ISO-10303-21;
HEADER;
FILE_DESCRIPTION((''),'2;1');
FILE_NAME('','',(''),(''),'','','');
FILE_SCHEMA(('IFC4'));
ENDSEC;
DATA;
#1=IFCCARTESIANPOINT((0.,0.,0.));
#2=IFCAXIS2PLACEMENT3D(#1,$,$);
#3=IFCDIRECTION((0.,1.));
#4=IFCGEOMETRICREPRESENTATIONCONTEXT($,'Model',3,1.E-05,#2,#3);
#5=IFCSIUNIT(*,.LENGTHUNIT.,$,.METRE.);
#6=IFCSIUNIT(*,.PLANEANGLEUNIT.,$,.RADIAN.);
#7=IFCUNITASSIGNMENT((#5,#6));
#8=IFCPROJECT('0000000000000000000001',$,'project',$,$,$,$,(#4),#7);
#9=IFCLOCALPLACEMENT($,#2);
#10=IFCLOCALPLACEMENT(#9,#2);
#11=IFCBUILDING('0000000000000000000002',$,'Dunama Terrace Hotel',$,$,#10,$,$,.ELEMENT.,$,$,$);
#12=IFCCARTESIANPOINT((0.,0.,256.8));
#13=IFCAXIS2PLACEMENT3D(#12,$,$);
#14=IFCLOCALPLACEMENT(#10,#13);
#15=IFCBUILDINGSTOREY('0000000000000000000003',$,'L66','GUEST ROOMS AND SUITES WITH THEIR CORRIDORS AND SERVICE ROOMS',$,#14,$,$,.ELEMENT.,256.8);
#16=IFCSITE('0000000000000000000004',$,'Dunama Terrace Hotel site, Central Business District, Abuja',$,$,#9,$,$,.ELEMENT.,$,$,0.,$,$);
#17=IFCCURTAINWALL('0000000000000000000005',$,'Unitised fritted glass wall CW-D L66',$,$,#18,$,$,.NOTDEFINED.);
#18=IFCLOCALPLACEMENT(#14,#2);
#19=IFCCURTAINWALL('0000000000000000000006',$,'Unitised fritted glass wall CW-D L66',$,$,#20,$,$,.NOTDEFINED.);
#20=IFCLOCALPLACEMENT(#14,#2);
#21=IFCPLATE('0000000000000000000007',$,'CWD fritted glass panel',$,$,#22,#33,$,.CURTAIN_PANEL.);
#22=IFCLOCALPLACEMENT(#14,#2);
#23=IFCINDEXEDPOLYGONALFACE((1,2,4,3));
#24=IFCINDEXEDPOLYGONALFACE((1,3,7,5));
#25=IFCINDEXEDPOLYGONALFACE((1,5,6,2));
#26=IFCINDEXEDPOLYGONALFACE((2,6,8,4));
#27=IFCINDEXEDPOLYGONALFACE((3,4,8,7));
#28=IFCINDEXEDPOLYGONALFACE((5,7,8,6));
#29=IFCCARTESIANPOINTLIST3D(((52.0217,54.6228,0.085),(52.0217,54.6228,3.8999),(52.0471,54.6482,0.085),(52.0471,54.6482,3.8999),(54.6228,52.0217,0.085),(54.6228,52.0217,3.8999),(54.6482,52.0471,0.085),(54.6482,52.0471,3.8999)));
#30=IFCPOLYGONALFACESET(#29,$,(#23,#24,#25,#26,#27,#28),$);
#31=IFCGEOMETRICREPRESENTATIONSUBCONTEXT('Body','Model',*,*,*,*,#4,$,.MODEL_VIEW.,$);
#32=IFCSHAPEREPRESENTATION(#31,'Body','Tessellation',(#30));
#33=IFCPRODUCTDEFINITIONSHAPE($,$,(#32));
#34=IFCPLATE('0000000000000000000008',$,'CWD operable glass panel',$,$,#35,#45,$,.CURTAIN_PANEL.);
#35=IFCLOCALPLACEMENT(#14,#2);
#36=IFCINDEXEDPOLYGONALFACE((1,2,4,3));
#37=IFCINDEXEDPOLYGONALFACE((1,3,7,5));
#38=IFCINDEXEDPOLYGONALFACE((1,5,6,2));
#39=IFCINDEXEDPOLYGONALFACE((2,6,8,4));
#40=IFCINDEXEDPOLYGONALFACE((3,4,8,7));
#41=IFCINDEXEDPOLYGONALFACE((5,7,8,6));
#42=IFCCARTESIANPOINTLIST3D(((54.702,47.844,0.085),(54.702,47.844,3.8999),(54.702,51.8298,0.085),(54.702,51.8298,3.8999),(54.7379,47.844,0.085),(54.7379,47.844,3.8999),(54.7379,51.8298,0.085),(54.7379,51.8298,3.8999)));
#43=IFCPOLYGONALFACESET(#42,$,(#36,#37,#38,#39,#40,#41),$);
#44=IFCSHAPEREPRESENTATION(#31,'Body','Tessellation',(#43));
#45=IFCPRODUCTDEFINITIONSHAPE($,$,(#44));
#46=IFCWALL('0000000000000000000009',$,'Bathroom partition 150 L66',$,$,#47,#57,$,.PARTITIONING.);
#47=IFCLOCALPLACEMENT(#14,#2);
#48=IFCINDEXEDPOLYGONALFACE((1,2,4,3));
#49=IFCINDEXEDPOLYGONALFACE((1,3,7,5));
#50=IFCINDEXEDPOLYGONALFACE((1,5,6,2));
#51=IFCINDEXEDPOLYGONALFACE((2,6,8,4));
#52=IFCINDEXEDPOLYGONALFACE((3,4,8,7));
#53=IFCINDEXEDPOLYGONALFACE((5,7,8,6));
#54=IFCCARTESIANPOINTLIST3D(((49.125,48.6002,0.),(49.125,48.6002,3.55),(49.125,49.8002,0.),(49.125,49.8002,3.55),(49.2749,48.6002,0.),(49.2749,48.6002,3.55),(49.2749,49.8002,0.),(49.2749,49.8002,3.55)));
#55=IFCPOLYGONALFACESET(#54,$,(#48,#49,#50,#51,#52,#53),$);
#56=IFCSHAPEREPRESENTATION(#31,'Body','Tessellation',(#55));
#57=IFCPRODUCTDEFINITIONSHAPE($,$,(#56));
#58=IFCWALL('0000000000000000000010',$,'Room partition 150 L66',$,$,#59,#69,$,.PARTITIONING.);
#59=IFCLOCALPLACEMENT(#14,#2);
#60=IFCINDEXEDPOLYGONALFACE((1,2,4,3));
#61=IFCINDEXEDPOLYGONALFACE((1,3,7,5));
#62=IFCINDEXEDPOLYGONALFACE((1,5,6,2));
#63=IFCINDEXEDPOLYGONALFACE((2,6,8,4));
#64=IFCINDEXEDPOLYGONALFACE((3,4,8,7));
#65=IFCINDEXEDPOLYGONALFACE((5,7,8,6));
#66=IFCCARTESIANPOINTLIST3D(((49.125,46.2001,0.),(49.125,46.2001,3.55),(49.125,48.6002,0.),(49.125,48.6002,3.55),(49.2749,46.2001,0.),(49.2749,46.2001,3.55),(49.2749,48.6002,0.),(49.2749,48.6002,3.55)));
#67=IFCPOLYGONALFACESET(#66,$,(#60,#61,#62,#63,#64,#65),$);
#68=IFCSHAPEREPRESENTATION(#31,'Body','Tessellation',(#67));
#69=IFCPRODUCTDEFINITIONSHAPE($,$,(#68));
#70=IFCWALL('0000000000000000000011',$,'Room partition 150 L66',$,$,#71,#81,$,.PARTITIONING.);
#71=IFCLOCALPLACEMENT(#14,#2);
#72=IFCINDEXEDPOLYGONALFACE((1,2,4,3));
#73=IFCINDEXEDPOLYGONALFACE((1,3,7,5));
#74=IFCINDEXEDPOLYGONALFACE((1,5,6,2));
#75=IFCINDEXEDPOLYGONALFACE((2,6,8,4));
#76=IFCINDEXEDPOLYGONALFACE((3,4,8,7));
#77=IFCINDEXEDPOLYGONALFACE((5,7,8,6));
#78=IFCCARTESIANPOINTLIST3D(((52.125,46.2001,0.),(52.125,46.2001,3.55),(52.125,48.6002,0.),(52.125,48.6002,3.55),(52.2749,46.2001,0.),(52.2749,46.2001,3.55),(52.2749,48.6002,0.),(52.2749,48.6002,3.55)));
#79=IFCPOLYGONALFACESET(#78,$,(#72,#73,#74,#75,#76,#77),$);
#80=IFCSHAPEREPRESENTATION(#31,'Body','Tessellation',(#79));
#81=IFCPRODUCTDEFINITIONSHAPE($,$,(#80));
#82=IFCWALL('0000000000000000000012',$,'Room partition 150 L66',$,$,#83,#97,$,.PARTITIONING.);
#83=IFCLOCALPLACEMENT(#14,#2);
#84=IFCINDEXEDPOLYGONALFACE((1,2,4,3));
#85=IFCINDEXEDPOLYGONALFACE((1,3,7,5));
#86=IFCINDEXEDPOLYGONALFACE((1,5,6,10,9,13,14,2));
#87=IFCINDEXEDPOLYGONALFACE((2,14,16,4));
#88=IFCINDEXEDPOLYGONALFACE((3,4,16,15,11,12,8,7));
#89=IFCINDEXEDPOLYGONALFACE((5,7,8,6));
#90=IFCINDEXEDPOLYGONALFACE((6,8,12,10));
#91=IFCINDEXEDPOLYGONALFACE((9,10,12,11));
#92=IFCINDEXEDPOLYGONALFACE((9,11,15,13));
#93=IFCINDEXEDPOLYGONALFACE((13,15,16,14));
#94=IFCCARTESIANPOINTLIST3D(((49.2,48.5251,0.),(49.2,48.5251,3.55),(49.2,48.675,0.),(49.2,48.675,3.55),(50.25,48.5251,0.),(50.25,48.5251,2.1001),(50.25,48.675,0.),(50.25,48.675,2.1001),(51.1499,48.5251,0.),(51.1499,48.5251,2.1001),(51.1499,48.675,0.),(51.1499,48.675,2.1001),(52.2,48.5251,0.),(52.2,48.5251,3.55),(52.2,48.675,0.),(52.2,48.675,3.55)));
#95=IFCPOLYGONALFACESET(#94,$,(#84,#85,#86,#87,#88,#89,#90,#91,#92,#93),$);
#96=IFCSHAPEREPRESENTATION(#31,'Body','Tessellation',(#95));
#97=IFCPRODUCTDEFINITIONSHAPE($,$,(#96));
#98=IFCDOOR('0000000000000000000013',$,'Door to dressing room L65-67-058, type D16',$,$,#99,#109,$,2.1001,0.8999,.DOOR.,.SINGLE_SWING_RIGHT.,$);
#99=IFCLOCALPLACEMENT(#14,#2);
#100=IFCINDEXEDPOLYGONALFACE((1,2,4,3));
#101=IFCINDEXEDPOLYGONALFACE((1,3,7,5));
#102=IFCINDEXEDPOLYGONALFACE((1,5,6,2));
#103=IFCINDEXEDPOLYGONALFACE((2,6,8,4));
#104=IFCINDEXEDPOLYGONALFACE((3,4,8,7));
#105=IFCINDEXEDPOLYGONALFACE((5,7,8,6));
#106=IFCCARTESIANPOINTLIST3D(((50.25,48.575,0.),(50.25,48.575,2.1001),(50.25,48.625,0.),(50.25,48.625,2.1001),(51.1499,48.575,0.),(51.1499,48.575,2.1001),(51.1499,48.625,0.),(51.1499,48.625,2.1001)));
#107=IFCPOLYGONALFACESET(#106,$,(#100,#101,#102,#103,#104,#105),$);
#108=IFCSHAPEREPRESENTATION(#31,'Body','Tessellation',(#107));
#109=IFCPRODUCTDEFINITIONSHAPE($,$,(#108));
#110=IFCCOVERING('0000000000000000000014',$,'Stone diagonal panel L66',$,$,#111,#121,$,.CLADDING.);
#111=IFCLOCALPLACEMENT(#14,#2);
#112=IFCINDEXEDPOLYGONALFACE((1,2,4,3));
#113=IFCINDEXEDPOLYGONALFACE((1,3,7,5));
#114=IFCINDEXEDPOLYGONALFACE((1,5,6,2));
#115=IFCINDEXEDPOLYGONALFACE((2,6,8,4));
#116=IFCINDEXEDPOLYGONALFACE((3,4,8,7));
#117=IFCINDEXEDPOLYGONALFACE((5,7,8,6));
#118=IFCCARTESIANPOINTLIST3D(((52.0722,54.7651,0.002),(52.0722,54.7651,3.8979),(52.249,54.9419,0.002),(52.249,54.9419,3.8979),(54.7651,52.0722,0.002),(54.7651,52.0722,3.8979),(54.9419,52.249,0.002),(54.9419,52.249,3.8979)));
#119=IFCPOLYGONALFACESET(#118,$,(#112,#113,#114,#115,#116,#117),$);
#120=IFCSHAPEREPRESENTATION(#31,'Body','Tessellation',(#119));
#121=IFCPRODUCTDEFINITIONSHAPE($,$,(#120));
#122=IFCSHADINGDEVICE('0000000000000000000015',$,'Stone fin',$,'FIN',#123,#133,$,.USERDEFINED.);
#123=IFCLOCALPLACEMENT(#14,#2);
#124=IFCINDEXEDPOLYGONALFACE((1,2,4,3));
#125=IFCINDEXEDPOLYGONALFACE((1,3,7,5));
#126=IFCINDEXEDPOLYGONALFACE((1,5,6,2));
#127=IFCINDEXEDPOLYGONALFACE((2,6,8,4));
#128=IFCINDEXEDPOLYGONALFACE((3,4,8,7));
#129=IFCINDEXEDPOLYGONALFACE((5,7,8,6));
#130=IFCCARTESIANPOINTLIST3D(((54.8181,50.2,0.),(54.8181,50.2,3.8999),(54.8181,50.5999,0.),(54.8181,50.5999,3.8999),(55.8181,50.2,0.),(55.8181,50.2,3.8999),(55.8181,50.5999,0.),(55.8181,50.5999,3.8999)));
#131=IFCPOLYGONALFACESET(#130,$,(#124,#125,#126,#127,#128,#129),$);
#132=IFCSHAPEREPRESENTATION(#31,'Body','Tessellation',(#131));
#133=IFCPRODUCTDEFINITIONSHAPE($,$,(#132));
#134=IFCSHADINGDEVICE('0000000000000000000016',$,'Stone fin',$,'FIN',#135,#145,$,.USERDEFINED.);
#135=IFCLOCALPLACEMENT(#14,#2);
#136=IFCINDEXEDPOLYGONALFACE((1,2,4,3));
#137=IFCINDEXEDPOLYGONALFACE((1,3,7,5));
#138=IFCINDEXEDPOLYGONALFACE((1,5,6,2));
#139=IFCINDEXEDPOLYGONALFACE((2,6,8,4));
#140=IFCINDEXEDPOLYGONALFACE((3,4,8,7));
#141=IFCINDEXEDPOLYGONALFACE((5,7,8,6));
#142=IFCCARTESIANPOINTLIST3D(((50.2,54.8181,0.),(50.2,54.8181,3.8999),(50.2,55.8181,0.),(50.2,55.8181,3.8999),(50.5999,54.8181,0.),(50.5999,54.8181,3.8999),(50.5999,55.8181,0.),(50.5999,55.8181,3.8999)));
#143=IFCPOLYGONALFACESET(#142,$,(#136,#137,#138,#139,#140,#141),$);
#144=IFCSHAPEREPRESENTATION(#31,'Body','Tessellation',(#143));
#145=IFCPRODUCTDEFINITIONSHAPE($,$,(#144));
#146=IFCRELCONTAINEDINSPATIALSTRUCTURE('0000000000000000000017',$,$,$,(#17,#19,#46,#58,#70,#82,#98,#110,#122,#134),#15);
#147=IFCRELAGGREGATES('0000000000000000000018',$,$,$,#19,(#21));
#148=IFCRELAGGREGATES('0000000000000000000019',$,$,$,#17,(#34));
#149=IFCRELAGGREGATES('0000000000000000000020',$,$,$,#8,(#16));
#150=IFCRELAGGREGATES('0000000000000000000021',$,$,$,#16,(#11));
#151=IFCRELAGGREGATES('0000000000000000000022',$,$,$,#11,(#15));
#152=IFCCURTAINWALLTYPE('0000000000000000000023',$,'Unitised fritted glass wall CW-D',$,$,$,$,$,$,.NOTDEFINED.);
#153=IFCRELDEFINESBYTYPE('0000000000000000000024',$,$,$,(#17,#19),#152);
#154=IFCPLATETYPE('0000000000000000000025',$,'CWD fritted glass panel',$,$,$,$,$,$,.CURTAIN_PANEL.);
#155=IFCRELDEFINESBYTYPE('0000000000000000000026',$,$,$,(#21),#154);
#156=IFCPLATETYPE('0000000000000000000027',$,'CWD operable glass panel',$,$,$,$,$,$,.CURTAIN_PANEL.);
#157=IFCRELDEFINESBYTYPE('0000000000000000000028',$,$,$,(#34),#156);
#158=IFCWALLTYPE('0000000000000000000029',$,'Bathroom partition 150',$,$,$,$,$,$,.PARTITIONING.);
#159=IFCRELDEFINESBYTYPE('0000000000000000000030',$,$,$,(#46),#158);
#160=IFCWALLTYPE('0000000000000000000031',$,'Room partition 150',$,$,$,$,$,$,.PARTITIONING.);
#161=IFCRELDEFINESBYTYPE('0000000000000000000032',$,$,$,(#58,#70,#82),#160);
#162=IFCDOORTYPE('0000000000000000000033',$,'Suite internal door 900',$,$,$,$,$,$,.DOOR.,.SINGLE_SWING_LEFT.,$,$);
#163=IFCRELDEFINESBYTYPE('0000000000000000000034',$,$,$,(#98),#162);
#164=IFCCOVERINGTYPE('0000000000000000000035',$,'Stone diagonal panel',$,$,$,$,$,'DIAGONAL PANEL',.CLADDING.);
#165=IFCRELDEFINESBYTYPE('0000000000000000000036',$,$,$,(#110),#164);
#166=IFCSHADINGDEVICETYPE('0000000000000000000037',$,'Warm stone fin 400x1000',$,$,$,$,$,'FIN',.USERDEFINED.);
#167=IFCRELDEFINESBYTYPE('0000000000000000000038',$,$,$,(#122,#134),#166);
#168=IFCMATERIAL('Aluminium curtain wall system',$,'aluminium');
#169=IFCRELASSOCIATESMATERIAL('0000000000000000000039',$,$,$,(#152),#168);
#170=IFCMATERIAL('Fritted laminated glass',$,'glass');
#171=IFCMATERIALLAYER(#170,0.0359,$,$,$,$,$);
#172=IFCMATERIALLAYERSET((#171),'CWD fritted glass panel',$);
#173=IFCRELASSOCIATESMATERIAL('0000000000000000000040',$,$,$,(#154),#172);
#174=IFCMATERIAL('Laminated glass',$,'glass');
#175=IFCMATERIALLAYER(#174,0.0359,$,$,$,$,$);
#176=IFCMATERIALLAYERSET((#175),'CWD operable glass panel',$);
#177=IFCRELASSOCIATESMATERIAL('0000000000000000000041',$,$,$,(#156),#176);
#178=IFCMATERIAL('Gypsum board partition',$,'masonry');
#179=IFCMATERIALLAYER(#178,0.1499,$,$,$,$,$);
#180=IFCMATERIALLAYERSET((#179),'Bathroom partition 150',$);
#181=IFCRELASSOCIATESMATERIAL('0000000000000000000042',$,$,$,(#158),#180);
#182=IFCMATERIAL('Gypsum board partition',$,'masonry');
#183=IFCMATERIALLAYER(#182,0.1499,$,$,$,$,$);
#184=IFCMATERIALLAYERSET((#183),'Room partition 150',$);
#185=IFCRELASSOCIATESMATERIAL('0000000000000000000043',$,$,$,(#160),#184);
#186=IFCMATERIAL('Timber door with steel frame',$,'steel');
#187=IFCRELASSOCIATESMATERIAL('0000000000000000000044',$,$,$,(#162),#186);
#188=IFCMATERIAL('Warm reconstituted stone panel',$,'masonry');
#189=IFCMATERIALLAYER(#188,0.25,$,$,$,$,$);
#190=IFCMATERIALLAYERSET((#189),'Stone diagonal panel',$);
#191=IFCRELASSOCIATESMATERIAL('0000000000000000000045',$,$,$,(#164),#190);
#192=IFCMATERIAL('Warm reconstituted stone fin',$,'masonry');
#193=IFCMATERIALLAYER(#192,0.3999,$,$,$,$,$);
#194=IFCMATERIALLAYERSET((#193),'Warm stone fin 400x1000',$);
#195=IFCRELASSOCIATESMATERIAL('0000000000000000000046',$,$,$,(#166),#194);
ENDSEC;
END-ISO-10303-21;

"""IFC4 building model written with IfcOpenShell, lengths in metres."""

from ifc_helpers import new_model, si_unit, direction, frame, frame_2d, origin, origin_2d, place, context, subcontext, project, spatial, rectangle, extrude, material, layer, layer_set, type_object, element, fill, aggregate, save


model = new_model("IFC4")

# Units and contexts
model_context = context("Model", 3, precision=1e-05, world=origin(), true_north=direction((0.0, 1.0)))
body_context = subcontext(model_context, "Body", "Model", "MODEL_VIEW")
ifc_project = project(units=[si_unit("LENGTHUNIT", "METRE"), si_unit("PLANEANGLEUNIT", "RADIAN")], contexts=[model_context])

# Site, building, storey
site_placement = place(None, origin())
site = spatial("IfcSite", under=ifc_project, at=site_placement, Name="Dunama Terrace Hotel site, Central Business District, Abuja", CompositionType="ELEMENT", RefElevation=0.0)
building_placement = place(site_placement, origin())
building = spatial("IfcBuilding", under=site, at=building_placement, Name="Dunama Terrace Hotel", CompositionType="ELEMENT")
storey_placement = place(building_placement, frame((0.0, 0.0, 256.8)))
storey = spatial("IfcBuildingStorey", under=building, at=storey_placement, Name="L66", Description="GUEST ROOMS AND SUITES WITH THEIR CORRIDORS AND SERVICE ROOMS", CompositionType="ELEMENT", Elevation=256.8)

# Curtain walls
ifc_material_1 = material(Name="Aluminium curtain wall system", Category="aluminium")
curtain_wall_type = type_object("IfcCurtainWallType", Name="Unitised fritted glass wall CW-D", PredefinedType="NOTDEFINED", material=ifc_material_1)
curtain_wall_1_placement = place(storey_placement, origin())
curtain_wall_1 = element("IfcCurtainWall", 1, at=curtain_wall_1_placement, inside=storey, type_object=curtain_wall_type, Name="Unitised fritted glass wall CW-D L66", PredefinedType="NOTDEFINED")
curtain_wall_2_placement = place(storey_placement, origin())
curtain_wall_2 = element("IfcCurtainWall", 2, at=curtain_wall_2_placement, inside=storey, type_object=curtain_wall_type, Name="Unitised fritted glass wall CW-D L66", PredefinedType="NOTDEFINED")

# Plates
ifc_material_2 = material(Name="Fritted laminated glass", Category="glass")
ifc_layer_1 = layer(ifc_material_2, 0.0359)
ifc_layer_set_1 = layer_set([ifc_layer_1], Name="CWD fritted glass panel")
plate_type_1 = type_object("IfcPlateType", Name="CWD fritted glass panel", PredefinedType="CURTAIN_PANEL", material=ifc_layer_set_1)
plate_1_placement = place(storey_placement, frame((53.335, 53.335, 0.085), z_axis=(0.0, 0.0, 1.0), x_axis=(-0.707107, 0.707107, 0.0)))
plate_1 = element("IfcPlate", 3, at=plate_1_placement, type_object=plate_type_1, Name="CWD fritted glass panel", PredefinedType="CURTAIN_PANEL", context=body_context, shape_type="SweptSolid", body=[
    extrude(rectangle(XDim=3.6785, YDim=0.0359, at=origin_2d()), origin(), (0.0, 0.0, 1.0), 3.8149),
])
aggregate(curtain_wall_2, [plate_1])
ifc_material_3 = material(Name="Laminated glass", Category="glass")
ifc_layer_2 = layer(ifc_material_3, 0.0359)
ifc_layer_set_2 = layer_set([ifc_layer_2], Name="CWD operable glass panel")
plate_type_2 = type_object("IfcPlateType", Name="CWD operable glass panel", PredefinedType="CURTAIN_PANEL", material=ifc_layer_set_2)
plate_2_placement = place(storey_placement, frame((54.72, 49.8369, 0.085), z_axis=(0.0, 0.0, 1.0), x_axis=(0.0, 1.0, 0.0)))
plate_2 = element("IfcPlate", 4, at=plate_2_placement, type_object=plate_type_2, Name="CWD operable glass panel", PredefinedType="CURTAIN_PANEL", context=body_context, shape_type="SweptSolid", body=[
    extrude(rectangle(XDim=3.9858, YDim=0.0359, at=origin_2d()), origin(), (0.0, 0.0, 1.0), 3.8149),
])
aggregate(curtain_wall_1, [plate_2])

# Walls
ifc_material_4 = material(Name="Gypsum board partition", Category="masonry")
ifc_layer_3 = layer(ifc_material_4, 0.1499)
ifc_layer_set_3 = layer_set([ifc_layer_3], Name="Bathroom partition 150")
wall_type_1 = type_object("IfcWallType", Name="Bathroom partition 150", PredefinedType="PARTITIONING", material=ifc_layer_set_3)
wall_1_placement = place(storey_placement, frame((49.2, 48.6001, 0.0), z_axis=(0.0, 0.0, 1.0), x_axis=(0.0, 1.0, 0.0)))
element("IfcWall", 5, at=wall_1_placement, inside=storey, type_object=wall_type_1, Name="Bathroom partition 150 L66", PredefinedType="PARTITIONING", context=body_context, shape_type="SweptSolid", body=[
    extrude(rectangle(XDim=1.2, YDim=0.1499, at=frame_2d((0.6001, 0.0))), origin(), (0.0, 0.0, 1.0), 3.55),
])
ifc_material_5 = material(Name="Gypsum board partition", Category="masonry")
ifc_layer_4 = layer(ifc_material_5, 0.1499)
ifc_layer_set_4 = layer_set([ifc_layer_4], Name="Room partition 150")
wall_type_2 = type_object("IfcWallType", Name="Room partition 150", PredefinedType="PARTITIONING", material=ifc_layer_set_4)
for number, where, z_axis, x_axis, name in (
    (6, (49.2, 46.2, 0.0), (0.0, 0.0, 1.0), (0.0, 1.0, 0.0), "Room partition 150 L66"),
    (7, (52.2, 46.2, 0.0), (0.0, 0.0, 1.0), (0.0, 1.0, 0.0), "Room partition 150 L66"),
):
    element("IfcWall", number, at=place(storey_placement, frame(where, z_axis=z_axis, x_axis=x_axis)), inside=storey, type_object=wall_type_2, Name=name, PredefinedType="PARTITIONING", context=body_context, shape_type="SweptSolid", body=[
        extrude(rectangle(XDim=2.4001, YDim=0.1499, at=frame_2d((1.2002, 0.0))), origin(), (0.0, 0.0, 1.0), 3.55),
    ])

# Wall, opening, door
wall_2_placement = place(storey_placement, frame((49.2, 48.6001, 0.0), z_axis=(0.0, 0.0, 1.0), x_axis=(1.0, 0.0, 0.0)))
wall_2 = element("IfcWall", 8, at=wall_2_placement, inside=storey, type_object=wall_type_2, Name="Room partition 150 L66", PredefinedType="PARTITIONING", context=body_context, shape_type="SweptSolid", body=[
    extrude(rectangle(XDim=3.0, YDim=0.1499, at=frame_2d((1.5, 0.0))), origin(), (0.0, 0.0, 1.0), 3.55),
])
opening_placement = place(wall_2_placement, frame((1.05, 0.0, 0.0)))
opening = element("IfcOpeningElement", 9, at=opening_placement, cuts=wall_2, PredefinedType="OPENING", context=body_context, shape_type="SweptSolid", body=[
    extrude(rectangle(XDim=0.8999, YDim=2.1001, at=frame_2d((0.45, 1.05))), frame((0.0, 0.085, 0.0), z_axis=(0.0, -1.0, 0.0), x_axis=(1.0, 0.0, 0.0)), (0.0, 0.0, 1.0), 0.1699),
])
ifc_material_6 = material(Name="Timber door with steel frame", Category="steel")
door_type = type_object("IfcDoorType", Name="Suite internal door 900", OperationType="SINGLE_SWING_LEFT", PredefinedType="DOOR", material=ifc_material_6)
door_placement = place(opening_placement, frame((0.8999, 0.0, 0.0), z_axis=(0.0, 0.0, 1.0), x_axis=(-1.0, 0.0, 0.0)))
door = element("IfcDoor", 10, at=door_placement, inside=storey, type_object=door_type, Name="Door to dressing room L65-67-058, type D16", OperationType="SINGLE_SWING_RIGHT", OverallHeight=2.1001, OverallWidth=0.8999, PredefinedType="DOOR", context=body_context, shape_type="SweptSolid", body=[
    extrude(rectangle(XDim=0.8999, YDim=2.1001, at=frame_2d((0.45, 1.05))), frame((0.0, 0.0251, 0.0), z_axis=(0.0, -1.0, 0.0), x_axis=(1.0, 0.0, 0.0)), (0.0, 0.0, 1.0), 0.05),
])
fill(opening, door)

# Covering
ifc_material_7 = material(Name="Warm reconstituted stone panel", Category="masonry")
ifc_layer_5 = layer(ifc_material_7, 0.25)
ifc_layer_set_5 = layer_set([ifc_layer_5], Name="Stone diagonal panel")
covering_type = type_object("IfcCoveringType", Name="Stone diagonal panel", ElementType="DIAGONAL PANEL", PredefinedType="CLADDING", material=ifc_layer_set_5)
covering_placement = place(storey_placement, frame((53.5071, 53.5071, 0.002), z_axis=(0.0, 0.0, 1.0), x_axis=(-0.707107, 0.707107, 0.0)))
element("IfcCovering", 11, at=covering_placement, inside=storey, type_object=covering_type, Name="Stone diagonal panel L66", PredefinedType="CLADDING", context=body_context, shape_type="SweptSolid", body=[
    extrude(rectangle(XDim=3.8083, YDim=0.25, at=origin_2d()), origin(), (0.0, 0.0, 1.0), 3.896),
])

# Shading devices
ifc_material_8 = material(Name="Warm reconstituted stone fin", Category="masonry")
ifc_layer_6 = layer(ifc_material_8, 0.3999)
ifc_layer_set_6 = layer_set([ifc_layer_6], Name="Warm stone fin 400x1000")
shading_device_type = type_object("IfcShadingDeviceType", Name="Warm stone fin 400x1000", ElementType="FIN", PredefinedType="USERDEFINED", material=ifc_layer_set_6)
for number, where, z_axis, x_axis, name in (
    (12, (55.3181, 50.3999, 0.0), (0.0, 0.0, 1.0), (0.0, 1.0, 0.0), "Stone fin"),
    (13, (50.3999, 55.3181, 0.0), (0.0, 0.0, 1.0), (-1.0, 0.0, 0.0), "Stone fin"),
):
    element("IfcShadingDevice", number, at=place(storey_placement, frame(where, z_axis=z_axis, x_axis=x_axis)), inside=storey, type_object=shading_device_type, Name=name, ObjectType="FIN", PredefinedType="USERDEFINED", context=body_context, shape_type="SweptSolid", body=[
        extrude(rectangle(XDim=0.3999, YDim=1.0, at=origin_2d()), origin(), (0.0, 0.0, 1.0), 3.8999),
    ])

save(model, "model.ifc")
